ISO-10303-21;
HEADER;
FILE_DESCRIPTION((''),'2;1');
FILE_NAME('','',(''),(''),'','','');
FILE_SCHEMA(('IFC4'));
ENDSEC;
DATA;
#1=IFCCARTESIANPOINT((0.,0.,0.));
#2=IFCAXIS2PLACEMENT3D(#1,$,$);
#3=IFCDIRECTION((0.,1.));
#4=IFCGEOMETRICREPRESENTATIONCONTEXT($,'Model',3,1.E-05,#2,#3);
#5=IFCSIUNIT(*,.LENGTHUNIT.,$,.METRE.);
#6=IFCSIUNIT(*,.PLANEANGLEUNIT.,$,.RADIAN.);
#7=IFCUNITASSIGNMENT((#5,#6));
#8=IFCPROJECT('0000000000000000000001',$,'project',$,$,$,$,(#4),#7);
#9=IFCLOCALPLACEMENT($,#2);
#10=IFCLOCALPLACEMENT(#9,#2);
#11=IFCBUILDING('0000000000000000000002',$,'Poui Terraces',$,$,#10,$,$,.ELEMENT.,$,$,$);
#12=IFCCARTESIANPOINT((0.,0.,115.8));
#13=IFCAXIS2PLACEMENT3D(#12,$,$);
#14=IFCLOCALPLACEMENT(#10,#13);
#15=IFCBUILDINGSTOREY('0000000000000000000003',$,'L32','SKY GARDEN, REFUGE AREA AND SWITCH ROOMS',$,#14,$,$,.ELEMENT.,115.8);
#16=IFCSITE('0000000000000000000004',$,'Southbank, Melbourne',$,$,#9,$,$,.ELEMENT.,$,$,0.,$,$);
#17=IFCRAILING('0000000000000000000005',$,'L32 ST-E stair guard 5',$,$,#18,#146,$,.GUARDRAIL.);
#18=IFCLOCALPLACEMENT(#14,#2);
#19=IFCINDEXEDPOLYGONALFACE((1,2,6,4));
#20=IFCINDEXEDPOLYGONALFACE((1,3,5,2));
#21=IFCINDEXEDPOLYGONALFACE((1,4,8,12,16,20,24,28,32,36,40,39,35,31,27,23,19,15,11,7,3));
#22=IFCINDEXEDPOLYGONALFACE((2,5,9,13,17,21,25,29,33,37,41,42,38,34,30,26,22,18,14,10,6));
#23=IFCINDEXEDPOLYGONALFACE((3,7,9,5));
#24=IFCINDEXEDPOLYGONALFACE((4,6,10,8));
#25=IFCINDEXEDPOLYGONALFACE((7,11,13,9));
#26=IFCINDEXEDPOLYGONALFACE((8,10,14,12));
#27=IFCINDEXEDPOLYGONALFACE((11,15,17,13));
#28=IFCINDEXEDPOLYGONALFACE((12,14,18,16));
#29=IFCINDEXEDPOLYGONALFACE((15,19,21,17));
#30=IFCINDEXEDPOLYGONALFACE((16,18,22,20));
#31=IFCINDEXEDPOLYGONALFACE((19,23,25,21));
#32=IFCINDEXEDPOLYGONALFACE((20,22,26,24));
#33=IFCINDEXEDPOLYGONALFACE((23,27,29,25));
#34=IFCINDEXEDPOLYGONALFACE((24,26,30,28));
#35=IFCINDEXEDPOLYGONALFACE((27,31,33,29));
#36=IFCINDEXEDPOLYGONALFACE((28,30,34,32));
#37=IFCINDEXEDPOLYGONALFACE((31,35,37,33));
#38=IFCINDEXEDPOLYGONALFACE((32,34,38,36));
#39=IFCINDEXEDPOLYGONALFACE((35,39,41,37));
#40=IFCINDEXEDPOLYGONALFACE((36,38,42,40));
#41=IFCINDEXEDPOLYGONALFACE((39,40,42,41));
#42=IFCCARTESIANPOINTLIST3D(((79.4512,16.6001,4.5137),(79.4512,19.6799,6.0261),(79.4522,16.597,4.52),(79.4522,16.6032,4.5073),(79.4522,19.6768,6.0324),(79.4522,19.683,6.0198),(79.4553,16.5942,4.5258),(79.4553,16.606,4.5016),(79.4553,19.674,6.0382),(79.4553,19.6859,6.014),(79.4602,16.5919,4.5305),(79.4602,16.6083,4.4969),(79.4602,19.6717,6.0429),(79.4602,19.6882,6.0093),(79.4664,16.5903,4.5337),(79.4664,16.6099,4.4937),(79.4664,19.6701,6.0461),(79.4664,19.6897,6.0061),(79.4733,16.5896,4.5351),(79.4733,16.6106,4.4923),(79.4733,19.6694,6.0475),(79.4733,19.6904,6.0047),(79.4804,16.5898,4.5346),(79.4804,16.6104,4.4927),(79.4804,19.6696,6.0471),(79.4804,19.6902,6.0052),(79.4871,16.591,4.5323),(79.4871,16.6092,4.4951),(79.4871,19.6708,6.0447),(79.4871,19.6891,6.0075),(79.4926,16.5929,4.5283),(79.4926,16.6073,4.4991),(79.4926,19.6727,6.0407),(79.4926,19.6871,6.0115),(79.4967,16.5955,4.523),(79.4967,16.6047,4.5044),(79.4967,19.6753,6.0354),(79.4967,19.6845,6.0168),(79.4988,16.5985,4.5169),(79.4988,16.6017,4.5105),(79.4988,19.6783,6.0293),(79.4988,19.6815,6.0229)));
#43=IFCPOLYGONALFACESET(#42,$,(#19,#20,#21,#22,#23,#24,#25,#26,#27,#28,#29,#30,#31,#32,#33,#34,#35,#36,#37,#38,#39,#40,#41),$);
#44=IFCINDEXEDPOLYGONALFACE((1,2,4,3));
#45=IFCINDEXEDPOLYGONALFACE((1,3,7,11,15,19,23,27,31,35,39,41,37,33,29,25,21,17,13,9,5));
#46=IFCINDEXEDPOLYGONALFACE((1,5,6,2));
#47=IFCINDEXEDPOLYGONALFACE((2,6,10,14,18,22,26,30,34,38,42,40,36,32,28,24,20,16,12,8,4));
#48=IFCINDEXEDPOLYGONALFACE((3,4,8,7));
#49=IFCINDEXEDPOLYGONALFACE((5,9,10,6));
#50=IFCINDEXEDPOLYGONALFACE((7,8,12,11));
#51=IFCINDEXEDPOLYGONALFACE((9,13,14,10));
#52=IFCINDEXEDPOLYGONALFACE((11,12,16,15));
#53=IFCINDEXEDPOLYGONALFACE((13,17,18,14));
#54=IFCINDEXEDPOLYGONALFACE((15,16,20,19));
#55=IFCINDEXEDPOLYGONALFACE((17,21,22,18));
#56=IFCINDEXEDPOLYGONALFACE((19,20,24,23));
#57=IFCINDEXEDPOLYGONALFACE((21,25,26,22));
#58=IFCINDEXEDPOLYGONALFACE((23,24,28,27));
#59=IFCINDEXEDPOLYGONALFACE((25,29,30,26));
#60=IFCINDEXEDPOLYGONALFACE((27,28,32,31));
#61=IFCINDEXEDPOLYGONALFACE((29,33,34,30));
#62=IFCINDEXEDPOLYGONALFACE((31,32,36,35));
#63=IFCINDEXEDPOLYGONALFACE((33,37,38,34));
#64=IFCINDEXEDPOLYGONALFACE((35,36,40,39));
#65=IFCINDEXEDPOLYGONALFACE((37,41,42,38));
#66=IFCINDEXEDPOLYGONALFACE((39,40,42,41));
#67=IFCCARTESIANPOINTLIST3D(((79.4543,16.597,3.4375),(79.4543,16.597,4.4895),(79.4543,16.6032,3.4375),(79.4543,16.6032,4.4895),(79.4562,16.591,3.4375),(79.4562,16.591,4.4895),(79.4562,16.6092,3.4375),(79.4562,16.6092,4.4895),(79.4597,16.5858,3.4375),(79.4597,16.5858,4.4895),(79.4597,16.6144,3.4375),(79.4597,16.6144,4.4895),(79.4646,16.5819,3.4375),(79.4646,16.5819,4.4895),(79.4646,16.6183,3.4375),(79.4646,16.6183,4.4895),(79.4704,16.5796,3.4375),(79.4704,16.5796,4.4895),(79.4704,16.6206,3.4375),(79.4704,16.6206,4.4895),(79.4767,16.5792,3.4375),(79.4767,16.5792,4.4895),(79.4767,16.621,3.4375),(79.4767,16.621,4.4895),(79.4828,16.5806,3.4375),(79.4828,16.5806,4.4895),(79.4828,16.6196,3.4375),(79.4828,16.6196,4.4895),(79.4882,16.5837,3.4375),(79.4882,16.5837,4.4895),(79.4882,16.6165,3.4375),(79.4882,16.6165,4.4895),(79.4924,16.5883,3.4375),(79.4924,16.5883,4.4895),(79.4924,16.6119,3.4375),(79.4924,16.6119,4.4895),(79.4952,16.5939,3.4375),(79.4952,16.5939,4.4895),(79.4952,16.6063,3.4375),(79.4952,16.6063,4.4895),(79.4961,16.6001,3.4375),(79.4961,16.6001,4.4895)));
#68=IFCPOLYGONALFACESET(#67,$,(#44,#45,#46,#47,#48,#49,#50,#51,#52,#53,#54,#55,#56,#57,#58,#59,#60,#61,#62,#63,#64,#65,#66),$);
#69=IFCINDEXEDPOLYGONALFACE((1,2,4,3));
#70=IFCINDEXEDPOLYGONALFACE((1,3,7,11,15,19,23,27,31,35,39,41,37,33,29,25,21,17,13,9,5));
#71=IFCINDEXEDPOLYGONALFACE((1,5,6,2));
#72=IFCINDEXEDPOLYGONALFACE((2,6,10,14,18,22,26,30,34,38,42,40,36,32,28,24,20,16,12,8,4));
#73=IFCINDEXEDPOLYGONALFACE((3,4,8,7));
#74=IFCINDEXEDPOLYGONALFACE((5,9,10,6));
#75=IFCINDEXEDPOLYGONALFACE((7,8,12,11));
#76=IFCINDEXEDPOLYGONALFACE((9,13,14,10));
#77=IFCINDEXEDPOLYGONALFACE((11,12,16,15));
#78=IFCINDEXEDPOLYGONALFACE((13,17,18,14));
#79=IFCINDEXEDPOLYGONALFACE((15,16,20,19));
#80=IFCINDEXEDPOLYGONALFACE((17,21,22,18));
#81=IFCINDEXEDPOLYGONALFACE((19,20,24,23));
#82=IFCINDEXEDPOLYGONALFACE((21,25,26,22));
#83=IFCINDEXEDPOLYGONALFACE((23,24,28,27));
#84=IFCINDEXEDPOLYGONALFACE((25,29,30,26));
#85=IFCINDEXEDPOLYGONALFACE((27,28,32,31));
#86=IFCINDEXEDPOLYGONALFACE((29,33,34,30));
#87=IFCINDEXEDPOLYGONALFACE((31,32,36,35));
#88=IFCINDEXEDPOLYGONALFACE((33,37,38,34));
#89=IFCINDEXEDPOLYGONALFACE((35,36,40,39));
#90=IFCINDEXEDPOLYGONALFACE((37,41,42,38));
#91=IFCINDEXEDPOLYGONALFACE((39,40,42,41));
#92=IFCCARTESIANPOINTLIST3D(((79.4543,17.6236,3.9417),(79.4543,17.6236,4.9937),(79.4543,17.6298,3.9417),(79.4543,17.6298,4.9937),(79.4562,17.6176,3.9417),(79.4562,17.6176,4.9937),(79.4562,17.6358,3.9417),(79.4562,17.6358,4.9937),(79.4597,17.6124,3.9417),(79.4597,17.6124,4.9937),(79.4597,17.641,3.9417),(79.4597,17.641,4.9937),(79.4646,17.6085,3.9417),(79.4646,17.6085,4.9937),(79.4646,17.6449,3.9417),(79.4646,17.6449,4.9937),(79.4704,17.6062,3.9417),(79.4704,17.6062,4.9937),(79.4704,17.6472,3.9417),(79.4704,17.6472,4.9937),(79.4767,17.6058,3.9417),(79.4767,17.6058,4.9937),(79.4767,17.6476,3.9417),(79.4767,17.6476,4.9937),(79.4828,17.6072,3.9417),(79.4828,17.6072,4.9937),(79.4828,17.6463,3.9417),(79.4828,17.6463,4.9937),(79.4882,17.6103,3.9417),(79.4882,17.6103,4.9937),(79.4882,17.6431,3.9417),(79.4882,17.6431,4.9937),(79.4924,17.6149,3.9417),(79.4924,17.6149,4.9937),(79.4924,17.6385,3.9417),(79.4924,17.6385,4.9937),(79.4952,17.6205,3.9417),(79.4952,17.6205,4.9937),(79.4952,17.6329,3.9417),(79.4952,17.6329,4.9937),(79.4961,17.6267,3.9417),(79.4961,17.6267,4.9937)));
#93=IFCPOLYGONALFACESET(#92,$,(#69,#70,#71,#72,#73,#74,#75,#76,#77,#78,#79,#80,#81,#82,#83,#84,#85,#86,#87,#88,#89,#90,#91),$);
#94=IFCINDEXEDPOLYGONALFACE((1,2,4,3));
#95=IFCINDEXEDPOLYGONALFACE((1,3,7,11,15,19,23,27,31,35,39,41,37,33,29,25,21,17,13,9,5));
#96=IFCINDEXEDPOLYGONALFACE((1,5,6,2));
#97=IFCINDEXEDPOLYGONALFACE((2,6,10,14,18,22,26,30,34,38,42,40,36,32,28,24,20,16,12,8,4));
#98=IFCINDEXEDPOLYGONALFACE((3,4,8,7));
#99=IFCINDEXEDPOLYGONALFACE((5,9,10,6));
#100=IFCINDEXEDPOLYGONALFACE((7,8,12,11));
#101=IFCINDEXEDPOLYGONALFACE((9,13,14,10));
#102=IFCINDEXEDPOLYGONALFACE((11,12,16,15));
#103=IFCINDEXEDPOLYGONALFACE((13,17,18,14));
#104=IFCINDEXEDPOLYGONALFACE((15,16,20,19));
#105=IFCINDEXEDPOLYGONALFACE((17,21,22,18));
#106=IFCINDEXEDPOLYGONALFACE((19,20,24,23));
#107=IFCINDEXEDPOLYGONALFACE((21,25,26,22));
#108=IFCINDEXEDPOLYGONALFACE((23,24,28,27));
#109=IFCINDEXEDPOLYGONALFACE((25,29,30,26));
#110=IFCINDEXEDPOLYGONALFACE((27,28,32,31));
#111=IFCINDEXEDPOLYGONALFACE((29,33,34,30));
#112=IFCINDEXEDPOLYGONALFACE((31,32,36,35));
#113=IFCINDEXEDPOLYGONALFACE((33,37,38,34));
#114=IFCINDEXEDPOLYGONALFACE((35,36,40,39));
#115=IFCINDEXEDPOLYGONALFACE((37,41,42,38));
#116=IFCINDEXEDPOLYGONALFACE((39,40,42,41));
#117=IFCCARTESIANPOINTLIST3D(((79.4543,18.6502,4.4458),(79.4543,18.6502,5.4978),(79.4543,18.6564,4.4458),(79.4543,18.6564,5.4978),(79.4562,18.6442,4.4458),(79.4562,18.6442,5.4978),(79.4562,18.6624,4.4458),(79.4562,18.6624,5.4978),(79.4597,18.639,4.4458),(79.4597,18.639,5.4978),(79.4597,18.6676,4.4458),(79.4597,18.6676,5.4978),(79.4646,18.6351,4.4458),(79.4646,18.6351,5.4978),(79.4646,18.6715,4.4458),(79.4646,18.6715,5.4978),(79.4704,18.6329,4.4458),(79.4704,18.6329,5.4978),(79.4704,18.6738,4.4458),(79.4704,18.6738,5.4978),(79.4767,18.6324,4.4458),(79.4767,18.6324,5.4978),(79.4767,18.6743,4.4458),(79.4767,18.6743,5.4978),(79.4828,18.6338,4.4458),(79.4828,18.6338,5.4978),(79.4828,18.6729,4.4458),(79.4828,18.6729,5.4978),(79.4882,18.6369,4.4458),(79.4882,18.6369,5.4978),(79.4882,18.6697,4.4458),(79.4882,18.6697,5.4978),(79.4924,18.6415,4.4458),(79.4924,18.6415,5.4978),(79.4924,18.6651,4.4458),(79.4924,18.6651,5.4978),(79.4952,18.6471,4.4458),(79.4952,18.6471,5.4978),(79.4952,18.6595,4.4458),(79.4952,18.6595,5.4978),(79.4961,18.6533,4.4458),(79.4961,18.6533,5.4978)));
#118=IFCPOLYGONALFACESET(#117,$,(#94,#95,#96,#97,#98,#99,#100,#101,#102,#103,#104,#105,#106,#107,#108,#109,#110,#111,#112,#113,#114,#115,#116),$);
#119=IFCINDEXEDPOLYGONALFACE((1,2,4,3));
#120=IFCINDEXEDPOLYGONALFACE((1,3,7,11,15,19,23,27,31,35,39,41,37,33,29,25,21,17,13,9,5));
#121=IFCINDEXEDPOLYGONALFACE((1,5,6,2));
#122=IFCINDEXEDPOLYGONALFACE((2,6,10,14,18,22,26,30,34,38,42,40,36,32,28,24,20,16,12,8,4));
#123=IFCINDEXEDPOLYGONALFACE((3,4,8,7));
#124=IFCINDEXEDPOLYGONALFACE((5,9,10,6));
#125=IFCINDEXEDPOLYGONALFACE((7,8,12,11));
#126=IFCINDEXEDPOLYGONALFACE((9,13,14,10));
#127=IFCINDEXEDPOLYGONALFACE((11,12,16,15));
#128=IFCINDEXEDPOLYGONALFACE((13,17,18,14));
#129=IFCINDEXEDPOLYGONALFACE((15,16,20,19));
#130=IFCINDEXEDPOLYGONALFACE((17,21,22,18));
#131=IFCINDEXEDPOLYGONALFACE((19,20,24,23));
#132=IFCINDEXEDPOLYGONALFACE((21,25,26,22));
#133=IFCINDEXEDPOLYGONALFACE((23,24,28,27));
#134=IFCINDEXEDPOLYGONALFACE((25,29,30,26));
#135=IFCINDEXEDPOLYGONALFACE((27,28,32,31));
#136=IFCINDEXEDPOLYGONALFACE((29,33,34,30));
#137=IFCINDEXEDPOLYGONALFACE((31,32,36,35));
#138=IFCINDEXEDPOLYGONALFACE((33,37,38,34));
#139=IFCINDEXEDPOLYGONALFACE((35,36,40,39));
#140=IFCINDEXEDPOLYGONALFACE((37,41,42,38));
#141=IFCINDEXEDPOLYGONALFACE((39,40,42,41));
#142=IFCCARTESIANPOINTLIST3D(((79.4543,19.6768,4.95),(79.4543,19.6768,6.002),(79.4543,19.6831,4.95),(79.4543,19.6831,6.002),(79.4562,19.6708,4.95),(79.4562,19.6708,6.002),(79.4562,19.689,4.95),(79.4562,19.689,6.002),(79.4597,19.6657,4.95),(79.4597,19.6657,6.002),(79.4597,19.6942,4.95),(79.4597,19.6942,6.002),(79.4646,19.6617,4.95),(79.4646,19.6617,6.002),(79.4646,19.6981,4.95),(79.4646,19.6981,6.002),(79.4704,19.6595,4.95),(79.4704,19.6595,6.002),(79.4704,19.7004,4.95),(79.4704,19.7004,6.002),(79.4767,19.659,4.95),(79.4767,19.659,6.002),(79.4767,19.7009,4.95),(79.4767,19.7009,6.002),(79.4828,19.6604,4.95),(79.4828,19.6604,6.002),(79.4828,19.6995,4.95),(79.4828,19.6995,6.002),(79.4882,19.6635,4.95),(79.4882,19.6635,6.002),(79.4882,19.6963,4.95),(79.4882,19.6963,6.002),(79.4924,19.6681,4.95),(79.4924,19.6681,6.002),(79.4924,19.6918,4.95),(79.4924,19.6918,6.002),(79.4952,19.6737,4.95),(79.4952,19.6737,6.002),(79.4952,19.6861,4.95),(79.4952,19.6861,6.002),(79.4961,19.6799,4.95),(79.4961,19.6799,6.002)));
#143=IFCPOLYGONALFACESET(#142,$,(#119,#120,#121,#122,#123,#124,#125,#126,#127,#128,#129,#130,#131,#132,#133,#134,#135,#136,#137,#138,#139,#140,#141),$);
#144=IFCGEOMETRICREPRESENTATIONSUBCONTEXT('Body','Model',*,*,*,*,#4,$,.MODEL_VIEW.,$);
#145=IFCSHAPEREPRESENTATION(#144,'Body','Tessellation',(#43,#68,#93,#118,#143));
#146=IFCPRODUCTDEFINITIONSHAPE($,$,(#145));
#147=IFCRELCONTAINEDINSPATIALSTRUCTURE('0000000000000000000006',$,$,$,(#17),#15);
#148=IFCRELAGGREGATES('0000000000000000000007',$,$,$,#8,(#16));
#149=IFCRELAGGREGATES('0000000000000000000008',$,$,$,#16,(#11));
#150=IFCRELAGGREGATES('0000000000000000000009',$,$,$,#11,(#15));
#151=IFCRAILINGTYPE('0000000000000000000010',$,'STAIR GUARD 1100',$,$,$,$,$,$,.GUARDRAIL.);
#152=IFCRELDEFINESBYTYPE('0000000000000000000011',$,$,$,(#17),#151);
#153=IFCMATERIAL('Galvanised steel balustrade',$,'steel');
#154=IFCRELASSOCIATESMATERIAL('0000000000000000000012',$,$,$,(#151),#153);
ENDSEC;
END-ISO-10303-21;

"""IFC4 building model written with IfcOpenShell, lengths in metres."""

from ifc_helpers import new_model, si_unit, direction, frame, origin, origin_2d, place, context, subcontext, project, spatial, circle, extrude, material, type_object, element, save


model = new_model("IFC4")

# Units and contexts
model_context = context("Model", 3, precision=1e-05, world=origin(), true_north=direction((0.0, 1.0)))
body_context = subcontext(model_context, "Body", "Model", "MODEL_VIEW")
ifc_project = project(units=[si_unit("LENGTHUNIT", "METRE"), si_unit("PLANEANGLEUNIT", "RADIAN")], contexts=[model_context])

# Site, building, storey
site_placement = place(None, origin())
site = spatial("IfcSite", under=ifc_project, at=site_placement, Name="Southbank, Melbourne", CompositionType="ELEMENT", RefElevation=0.0)
building_placement = place(site_placement, origin())
building = spatial("IfcBuilding", under=site, at=building_placement, Name="Poui Terraces", CompositionType="ELEMENT")
storey_placement = place(building_placement, frame((0.0, 0.0, 115.8)))
storey = spatial("IfcBuildingStorey", under=building, at=storey_placement, Name="L32", Description="SKY GARDEN, REFUGE AREA AND SWITCH ROOMS", CompositionType="ELEMENT", Elevation=115.8)

# Railing
ifc_material_1 = material(Name="Galvanised steel balustrade", Category="steel")
railing_type_1 = type_object("IfcRailingType", Name="STAIR GUARD 1100", PredefinedType="GUARDRAIL", material=ifc_material_1)
railing_1_placement = place(storey_placement, frame((79.4751, 16.6001, 3.4375)))
element("IfcRailing", 1, at=railing_1_placement, inside=storey, type_object=railing_type_1, Name="L32 ST-E stair guard 5", PredefinedType="GUARDRAIL", context=body_context, shape_type="SweptSolid", body=[
    extrude(circle(Radius=0.0239, at=origin_2d()), frame((0.0, 0.0, 1.0762), z_axis=(0.0, 0.897606, 0.440798), x_axis=(-1.0, 0.0, 0.0)), (0.0, 0.0, 1.0), 3.4312),
    extrude(circle(Radius=0.021, at=origin_2d()), origin(), (0.0, 0.0, 1.0), 1.052),
    extrude(circle(Radius=0.021, at=origin_2d()), frame((0.0, 1.0266, 0.5042)), (0.0, 0.0, 1.0), 1.052),
    extrude(circle(Radius=0.021, at=origin_2d()), frame((0.0, 2.0532, 1.0083)), (0.0, 0.0, 1.0), 1.052),
    extrude(circle(Radius=0.021, at=origin_2d()), frame((0.0, 3.0798, 1.5125)), (0.0, 0.0, 1.0), 1.052),
])

save(model, "model.ifc")
